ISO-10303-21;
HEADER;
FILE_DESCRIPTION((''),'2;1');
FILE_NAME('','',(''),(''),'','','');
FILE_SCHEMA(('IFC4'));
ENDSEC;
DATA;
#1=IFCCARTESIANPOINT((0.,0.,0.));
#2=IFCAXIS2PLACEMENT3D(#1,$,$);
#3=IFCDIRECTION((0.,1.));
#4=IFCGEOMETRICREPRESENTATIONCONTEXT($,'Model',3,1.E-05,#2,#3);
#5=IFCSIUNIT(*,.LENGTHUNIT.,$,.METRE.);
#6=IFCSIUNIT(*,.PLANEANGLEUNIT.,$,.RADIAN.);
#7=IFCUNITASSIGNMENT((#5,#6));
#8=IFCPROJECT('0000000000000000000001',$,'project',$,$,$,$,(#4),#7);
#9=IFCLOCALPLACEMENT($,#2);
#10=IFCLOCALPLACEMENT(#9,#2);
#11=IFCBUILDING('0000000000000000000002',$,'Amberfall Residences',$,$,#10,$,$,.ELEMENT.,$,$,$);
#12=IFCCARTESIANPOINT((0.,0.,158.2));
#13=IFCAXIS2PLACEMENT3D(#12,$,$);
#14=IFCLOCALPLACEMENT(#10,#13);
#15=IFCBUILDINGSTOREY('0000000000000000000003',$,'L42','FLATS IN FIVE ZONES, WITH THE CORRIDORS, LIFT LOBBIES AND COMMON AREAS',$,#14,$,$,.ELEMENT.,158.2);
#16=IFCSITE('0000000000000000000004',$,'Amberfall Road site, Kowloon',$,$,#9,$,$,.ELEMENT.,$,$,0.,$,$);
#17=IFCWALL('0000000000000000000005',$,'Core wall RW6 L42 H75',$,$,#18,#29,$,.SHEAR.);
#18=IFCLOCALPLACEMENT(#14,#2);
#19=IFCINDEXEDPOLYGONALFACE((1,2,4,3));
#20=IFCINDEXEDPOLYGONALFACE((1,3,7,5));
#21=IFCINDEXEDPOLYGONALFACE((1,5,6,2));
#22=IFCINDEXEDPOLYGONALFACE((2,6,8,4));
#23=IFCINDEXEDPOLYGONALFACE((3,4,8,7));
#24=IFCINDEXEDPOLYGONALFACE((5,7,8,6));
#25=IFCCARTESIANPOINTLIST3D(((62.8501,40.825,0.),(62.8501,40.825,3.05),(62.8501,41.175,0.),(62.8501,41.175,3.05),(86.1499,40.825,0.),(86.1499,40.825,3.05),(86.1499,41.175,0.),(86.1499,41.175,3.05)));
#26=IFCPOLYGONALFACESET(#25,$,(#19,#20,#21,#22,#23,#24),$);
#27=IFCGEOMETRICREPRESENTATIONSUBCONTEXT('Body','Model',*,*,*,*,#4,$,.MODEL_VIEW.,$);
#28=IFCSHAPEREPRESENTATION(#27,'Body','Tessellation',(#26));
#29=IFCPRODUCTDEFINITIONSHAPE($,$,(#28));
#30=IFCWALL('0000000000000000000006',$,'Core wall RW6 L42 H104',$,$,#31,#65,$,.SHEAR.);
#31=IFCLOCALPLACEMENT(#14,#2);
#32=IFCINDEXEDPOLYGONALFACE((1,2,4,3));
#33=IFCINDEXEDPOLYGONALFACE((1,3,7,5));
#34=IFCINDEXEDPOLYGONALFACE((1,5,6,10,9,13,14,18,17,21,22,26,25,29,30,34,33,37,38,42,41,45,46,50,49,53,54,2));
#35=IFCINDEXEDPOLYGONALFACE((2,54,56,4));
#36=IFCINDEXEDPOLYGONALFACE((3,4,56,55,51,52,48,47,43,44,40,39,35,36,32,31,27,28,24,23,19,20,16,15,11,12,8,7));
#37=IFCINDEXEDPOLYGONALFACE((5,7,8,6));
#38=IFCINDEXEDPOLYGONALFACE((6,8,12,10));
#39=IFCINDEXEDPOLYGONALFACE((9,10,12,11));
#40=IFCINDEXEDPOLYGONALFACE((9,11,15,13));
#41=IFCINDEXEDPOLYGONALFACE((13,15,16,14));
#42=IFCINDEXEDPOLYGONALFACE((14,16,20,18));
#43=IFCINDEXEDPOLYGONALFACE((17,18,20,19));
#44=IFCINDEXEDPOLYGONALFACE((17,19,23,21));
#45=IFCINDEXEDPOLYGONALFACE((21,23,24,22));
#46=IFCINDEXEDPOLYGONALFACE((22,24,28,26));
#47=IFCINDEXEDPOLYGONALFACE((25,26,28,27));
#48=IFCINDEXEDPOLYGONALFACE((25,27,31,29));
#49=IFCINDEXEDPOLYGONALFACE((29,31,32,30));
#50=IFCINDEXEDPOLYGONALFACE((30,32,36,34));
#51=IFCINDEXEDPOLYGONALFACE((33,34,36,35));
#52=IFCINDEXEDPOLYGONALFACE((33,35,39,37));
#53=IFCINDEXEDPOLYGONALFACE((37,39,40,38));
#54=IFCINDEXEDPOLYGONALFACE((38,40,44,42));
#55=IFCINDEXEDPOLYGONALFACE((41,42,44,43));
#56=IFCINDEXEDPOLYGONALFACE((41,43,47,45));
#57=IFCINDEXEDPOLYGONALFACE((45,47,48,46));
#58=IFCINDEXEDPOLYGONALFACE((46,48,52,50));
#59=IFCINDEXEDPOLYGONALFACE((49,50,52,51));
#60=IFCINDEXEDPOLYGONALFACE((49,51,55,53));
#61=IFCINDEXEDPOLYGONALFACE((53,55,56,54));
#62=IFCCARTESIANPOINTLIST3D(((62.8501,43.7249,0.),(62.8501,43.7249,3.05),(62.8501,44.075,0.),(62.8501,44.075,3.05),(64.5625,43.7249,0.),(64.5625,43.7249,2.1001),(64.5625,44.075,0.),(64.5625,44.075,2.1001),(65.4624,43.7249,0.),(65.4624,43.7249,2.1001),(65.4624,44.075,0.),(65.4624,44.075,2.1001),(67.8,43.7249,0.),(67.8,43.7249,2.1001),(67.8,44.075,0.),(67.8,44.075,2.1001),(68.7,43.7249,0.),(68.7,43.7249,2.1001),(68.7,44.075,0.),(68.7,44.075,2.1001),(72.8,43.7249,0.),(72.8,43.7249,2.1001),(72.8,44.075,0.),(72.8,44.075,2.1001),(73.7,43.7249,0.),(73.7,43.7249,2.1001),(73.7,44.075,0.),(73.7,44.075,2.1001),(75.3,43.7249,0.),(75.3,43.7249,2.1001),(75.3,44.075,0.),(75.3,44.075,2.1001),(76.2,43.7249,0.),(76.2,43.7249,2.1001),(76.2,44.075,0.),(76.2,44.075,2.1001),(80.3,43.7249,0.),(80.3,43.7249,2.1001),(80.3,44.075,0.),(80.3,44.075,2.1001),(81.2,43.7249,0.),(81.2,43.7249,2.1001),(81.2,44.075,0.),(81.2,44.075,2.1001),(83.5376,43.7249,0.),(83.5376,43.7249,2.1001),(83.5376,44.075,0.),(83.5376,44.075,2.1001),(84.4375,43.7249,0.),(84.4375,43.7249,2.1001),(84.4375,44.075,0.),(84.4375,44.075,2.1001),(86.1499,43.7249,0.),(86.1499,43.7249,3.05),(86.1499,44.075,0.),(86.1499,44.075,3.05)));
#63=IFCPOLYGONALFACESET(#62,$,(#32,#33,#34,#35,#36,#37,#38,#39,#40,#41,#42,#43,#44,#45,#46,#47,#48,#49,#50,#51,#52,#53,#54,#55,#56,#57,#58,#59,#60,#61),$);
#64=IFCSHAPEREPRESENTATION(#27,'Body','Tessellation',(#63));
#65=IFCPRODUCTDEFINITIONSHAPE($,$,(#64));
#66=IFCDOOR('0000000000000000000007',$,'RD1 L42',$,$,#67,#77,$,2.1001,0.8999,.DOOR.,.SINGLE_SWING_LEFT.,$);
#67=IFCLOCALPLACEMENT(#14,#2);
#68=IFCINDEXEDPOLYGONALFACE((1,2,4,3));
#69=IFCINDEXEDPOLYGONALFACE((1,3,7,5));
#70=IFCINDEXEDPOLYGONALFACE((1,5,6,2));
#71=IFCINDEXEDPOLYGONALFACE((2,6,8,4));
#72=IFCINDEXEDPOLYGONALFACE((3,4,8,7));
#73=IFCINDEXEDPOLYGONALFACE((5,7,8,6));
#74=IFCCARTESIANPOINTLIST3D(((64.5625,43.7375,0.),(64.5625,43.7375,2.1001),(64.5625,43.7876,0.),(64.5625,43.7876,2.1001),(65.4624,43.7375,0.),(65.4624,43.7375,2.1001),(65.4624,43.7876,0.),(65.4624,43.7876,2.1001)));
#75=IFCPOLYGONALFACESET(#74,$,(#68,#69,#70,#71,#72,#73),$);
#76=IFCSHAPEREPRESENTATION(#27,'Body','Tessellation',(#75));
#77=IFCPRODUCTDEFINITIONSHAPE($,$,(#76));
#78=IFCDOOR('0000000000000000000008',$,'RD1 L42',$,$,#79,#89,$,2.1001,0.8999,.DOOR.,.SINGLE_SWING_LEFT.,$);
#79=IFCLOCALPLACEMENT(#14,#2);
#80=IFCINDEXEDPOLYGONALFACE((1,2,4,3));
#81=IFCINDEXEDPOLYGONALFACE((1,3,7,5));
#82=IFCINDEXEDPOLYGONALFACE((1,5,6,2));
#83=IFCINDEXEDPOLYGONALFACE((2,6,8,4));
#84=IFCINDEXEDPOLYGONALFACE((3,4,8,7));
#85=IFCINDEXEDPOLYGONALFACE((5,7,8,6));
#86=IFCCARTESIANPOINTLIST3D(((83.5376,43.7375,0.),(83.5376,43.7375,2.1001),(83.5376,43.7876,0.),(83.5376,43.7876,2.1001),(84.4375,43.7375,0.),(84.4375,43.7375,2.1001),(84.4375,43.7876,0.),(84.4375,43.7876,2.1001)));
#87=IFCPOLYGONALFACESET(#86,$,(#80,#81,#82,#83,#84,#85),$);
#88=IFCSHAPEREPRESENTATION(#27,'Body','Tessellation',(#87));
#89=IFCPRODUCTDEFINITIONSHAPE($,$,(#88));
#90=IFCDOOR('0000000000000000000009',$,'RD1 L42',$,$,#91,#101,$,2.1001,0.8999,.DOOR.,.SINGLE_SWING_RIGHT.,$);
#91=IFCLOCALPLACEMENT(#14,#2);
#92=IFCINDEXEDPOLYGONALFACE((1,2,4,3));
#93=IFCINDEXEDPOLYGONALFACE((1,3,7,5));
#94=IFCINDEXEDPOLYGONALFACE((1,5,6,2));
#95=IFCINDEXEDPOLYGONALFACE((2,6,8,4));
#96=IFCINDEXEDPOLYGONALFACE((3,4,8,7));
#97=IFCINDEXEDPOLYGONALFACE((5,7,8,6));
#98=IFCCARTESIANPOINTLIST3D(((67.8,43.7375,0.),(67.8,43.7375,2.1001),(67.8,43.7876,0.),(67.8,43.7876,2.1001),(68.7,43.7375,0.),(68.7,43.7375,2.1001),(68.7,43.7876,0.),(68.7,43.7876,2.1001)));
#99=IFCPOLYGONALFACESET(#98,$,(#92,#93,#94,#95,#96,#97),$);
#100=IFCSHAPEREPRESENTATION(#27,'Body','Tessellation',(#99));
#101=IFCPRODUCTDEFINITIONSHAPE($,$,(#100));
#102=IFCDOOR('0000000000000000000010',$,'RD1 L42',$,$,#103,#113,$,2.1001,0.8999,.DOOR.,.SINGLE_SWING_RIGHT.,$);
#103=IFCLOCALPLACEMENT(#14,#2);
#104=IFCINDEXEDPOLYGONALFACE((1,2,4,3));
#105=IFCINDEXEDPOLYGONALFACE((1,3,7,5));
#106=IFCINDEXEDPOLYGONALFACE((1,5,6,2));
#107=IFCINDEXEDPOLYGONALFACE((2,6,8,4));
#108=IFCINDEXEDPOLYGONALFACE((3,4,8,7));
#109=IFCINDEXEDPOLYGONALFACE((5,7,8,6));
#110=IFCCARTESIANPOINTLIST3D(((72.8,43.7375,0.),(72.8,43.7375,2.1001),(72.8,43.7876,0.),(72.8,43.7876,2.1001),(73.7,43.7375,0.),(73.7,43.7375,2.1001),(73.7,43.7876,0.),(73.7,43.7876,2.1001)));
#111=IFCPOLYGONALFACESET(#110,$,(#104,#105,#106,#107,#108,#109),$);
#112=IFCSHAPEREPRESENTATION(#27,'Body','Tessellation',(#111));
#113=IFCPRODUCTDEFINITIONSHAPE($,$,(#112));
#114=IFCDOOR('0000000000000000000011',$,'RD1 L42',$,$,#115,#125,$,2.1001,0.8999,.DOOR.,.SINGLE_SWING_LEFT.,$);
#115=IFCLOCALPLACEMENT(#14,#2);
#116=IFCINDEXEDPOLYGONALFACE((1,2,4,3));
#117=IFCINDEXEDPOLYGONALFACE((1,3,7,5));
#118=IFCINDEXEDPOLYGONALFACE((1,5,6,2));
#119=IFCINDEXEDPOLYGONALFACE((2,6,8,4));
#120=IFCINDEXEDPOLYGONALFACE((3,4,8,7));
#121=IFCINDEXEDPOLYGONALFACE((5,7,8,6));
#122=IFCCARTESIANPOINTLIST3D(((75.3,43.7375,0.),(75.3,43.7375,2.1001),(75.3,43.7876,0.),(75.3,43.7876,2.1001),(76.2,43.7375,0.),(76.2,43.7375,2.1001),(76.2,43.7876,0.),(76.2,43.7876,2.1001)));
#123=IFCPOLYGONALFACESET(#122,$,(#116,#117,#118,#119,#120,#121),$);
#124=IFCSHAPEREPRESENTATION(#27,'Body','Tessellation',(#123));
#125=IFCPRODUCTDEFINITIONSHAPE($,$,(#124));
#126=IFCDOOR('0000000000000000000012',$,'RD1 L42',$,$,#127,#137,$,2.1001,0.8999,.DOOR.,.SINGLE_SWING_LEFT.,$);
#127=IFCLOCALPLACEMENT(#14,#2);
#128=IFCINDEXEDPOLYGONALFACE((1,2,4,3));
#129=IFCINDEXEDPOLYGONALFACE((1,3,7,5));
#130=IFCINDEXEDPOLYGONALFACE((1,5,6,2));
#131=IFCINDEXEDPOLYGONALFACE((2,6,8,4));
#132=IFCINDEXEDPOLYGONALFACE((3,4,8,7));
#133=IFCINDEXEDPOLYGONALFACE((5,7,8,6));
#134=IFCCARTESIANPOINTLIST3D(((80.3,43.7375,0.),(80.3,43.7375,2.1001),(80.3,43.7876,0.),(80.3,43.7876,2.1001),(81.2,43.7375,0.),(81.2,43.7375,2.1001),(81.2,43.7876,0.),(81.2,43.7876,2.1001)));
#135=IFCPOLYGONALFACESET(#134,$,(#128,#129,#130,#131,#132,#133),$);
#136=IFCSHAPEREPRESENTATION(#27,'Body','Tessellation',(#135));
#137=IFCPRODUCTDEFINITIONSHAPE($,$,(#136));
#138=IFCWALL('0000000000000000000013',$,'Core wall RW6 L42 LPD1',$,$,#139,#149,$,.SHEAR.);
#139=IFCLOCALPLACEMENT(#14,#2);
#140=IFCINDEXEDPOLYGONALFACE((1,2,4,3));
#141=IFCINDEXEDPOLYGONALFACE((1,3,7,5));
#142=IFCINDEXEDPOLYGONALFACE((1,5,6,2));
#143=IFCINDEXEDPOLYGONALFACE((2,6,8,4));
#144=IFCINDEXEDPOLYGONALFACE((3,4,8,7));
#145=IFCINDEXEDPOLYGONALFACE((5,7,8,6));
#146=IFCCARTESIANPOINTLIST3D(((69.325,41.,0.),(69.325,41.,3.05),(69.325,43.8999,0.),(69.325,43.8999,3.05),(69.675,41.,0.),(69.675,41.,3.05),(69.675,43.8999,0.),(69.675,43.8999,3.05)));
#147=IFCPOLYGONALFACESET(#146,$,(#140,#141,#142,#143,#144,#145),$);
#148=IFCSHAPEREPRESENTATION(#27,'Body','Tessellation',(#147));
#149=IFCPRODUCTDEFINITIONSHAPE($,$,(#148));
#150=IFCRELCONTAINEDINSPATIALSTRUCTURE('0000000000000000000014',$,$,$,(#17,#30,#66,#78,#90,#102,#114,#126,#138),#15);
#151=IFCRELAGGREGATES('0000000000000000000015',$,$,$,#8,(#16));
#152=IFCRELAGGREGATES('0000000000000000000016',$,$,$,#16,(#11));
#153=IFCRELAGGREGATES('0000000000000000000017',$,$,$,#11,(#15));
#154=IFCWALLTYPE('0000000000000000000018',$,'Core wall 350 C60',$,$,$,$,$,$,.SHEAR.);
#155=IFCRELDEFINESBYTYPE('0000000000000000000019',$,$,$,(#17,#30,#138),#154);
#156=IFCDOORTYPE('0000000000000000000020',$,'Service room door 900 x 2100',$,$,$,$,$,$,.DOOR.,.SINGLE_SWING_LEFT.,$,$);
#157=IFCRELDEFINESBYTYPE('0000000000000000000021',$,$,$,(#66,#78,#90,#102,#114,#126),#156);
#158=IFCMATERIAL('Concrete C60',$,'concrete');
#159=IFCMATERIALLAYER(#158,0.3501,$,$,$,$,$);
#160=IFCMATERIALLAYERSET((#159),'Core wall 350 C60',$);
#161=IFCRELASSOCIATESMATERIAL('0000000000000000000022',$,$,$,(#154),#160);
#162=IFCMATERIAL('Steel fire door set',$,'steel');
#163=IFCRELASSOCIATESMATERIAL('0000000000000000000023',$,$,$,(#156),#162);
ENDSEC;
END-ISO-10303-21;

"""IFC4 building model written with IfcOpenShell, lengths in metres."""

from ifc_helpers import new_model, si_unit, direction, frame, frame_2d, origin, place, context, subcontext, project, spatial, rectangle, extrude, material, layer, layer_set, type_object, element, fill, save


model = new_model("IFC4")

# Units and contexts
model_context = context("Model", 3, precision=1e-05, world=origin(), true_north=direction((0.0, 1.0)))
body_context = subcontext(model_context, "Body", "Model", "MODEL_VIEW")
ifc_project = project(units=[si_unit("LENGTHUNIT", "METRE"), si_unit("PLANEANGLEUNIT", "RADIAN")], contexts=[model_context])

# Site, building, storey
site_placement = place(None, origin())
site = spatial("IfcSite", under=ifc_project, at=site_placement, Name="Amberfall Road site, Kowloon", CompositionType="ELEMENT", RefElevation=0.0)
building_placement = place(site_placement, origin())
building = spatial("IfcBuilding", under=site, at=building_placement, Name="Amberfall Residences", CompositionType="ELEMENT")
storey_placement = place(building_placement, frame((0.0, 0.0, 158.2)))
storey = spatial("IfcBuildingStorey", under=building, at=storey_placement, Name="L42", Description="FLATS IN FIVE ZONES, WITH THE CORRIDORS, LIFT LOBBIES AND COMMON AREAS", CompositionType="ELEMENT", Elevation=158.2)

# Wall
ifc_material_1 = material(Name="Concrete C60", Category="concrete")
ifc_layer_1 = layer(ifc_material_1, 0.3501)
ifc_layer_set_1 = layer_set([ifc_layer_1], Name="Core wall 350 C60")
wall_type_1 = type_object("IfcWallType", Name="Core wall 350 C60", PredefinedType="SHEAR", material=ifc_layer_set_1)
wall_1_placement = place(storey_placement, frame((62.8501, 41.0, 0.0), z_axis=(0.0, 0.0, 1.0), x_axis=(1.0, 0.0, 0.0)))
element("IfcWall", 1, at=wall_1_placement, inside=storey, type_object=wall_type_1, Name="Core wall RW6 L42 H75", PredefinedType="SHEAR", context=body_context, shape_type="SweptSolid", body=[
    extrude(rectangle(XDim=23.2998, YDim=0.3501, at=frame_2d((11.6499, 0.0))), origin(), (0.0, 0.0, 1.0), 3.05),
])

# Wall, openings, doors
wall_2_placement = place(storey_placement, frame((62.8501, 43.8999, 0.0), z_axis=(0.0, 0.0, 1.0), x_axis=(1.0, 0.0, 0.0)))
wall_2 = element("IfcWall", 2, at=wall_2_placement, inside=storey, type_object=wall_type_1, Name="Core wall RW6 L42 H104", PredefinedType="SHEAR", context=body_context, shape_type="SweptSolid", body=[
    extrude(rectangle(XDim=23.2998, YDim=0.3501, at=frame_2d((11.6499, 0.0))), origin(), (0.0, 0.0, 1.0), 3.05),
])
opening_1_placement = place(wall_2_placement, frame((1.7124, 0.0, 0.0)))
opening_1 = element("IfcOpeningElement", 3, at=opening_1_placement, cuts=wall_2, PredefinedType="OPENING", context=body_context, shape_type="SweptSolid", body=[
    extrude(rectangle(XDim=0.8999, YDim=2.1001, at=frame_2d((0.45, 1.05))), frame((0.0, 0.1851, 0.0), z_axis=(0.0, -1.0, 0.0), x_axis=(1.0, 0.0, 0.0)), (0.0, 0.0, 1.0), 0.3701),
])
opening_2_placement = place(wall_2_placement, frame((20.6875, 0.0, 0.0)))
opening_2 = element("IfcOpeningElement", 4, at=opening_2_placement, cuts=wall_2, PredefinedType="OPENING", context=body_context, shape_type="SweptSolid", body=[
    extrude(rectangle(XDim=0.8999, YDim=2.1001, at=frame_2d((0.45, 1.05))), frame((0.0, 0.1851, 0.0), z_axis=(0.0, -1.0, 0.0), x_axis=(1.0, 0.0, 0.0)), (0.0, 0.0, 1.0), 0.3701),
])
opening_3_placement = place(wall_2_placement, frame((4.95, 0.0, 0.0)))
opening_3 = element("IfcOpeningElement", 5, at=opening_3_placement, cuts=wall_2, PredefinedType="OPENING", context=body_context, shape_type="SweptSolid", body=[
    extrude(rectangle(XDim=0.8999, YDim=2.1001, at=frame_2d((0.45, 1.05))), frame((0.0, 0.1851, 0.0), z_axis=(0.0, -1.0, 0.0), x_axis=(1.0, 0.0, 0.0)), (0.0, 0.0, 1.0), 0.3701),
])
opening_4_placement = place(wall_2_placement, frame((9.95, 0.0, 0.0)))
opening_4 = element("IfcOpeningElement", 6, at=opening_4_placement, cuts=wall_2, PredefinedType="OPENING", context=body_context, shape_type="SweptSolid", body=[
    extrude(rectangle(XDim=0.8999, YDim=2.1001, at=frame_2d((0.45, 1.05))), frame((0.0, 0.1851, 0.0), z_axis=(0.0, -1.0, 0.0), x_axis=(1.0, 0.0, 0.0)), (0.0, 0.0, 1.0), 0.3701),
])
opening_5_placement = place(wall_2_placement, frame((12.45, 0.0, 0.0)))
opening_5 = element("IfcOpeningElement", 7, at=opening_5_placement, cuts=wall_2, PredefinedType="OPENING", context=body_context, shape_type="SweptSolid", body=[
    extrude(rectangle(XDim=0.8999, YDim=2.1001, at=frame_2d((0.45, 1.05))), frame((0.0, 0.1851, 0.0), z_axis=(0.0, -1.0, 0.0), x_axis=(1.0, 0.0, 0.0)), (0.0, 0.0, 1.0), 0.3701),
])
opening_6_placement = place(wall_2_placement, frame((17.45, 0.0, 0.0)))
opening_6 = element("IfcOpeningElement", 8, at=opening_6_placement, cuts=wall_2, PredefinedType="OPENING", context=body_context, shape_type="SweptSolid", body=[
    extrude(rectangle(XDim=0.8999, YDim=2.1001, at=frame_2d((0.45, 1.05))), frame((0.0, 0.1851, 0.0), z_axis=(0.0, -1.0, 0.0), x_axis=(1.0, 0.0, 0.0)), (0.0, 0.0, 1.0), 0.3701),
])
ifc_material_2 = material(Name="Steel fire door set", Category="steel")
door_type_1 = type_object("IfcDoorType", Name="Service room door 900 x 2100", OperationType="SINGLE_SWING_LEFT", PredefinedType="DOOR", material=ifc_material_2)
door_1_placement = place(opening_1_placement, origin())
door_1 = element("IfcDoor", 9, at=door_1_placement, inside=storey, type_object=door_type_1, Name="RD1 L42", OperationType="SINGLE_SWING_LEFT", OverallHeight=2.1001, OverallWidth=0.8999, PredefinedType="DOOR", context=body_context, shape_type="SweptSolid", body=[
    extrude(rectangle(XDim=0.8999, YDim=2.1001, at=frame_2d((0.45, 1.05))), frame((0.0, -0.1123, 0.0), z_axis=(0.0, -1.0, 0.0), x_axis=(1.0, 0.0, 0.0)), (0.0, 0.0, 1.0), 0.05),
])
fill(opening_1, door_1)
door_2_placement = place(opening_2_placement, origin())
door_2 = element("IfcDoor", 10, at=door_2_placement, inside=storey, type_object=door_type_1, Name="RD1 L42", OperationType="SINGLE_SWING_LEFT", OverallHeight=2.1001, OverallWidth=0.8999, PredefinedType="DOOR", context=body_context, shape_type="SweptSolid", body=[
    extrude(rectangle(XDim=0.8999, YDim=2.1001, at=frame_2d((0.45, 1.05))), frame((0.0, -0.1123, 0.0), z_axis=(0.0, -1.0, 0.0), x_axis=(1.0, 0.0, 0.0)), (0.0, 0.0, 1.0), 0.05),
])
fill(opening_2, door_2)
door_3_placement = place(opening_3_placement, origin())
door_3 = element("IfcDoor", 11, at=door_3_placement, inside=storey, type_object=door_type_1, Name="RD1 L42", OperationType="SINGLE_SWING_RIGHT", OverallHeight=2.1001, OverallWidth=0.8999, PredefinedType="DOOR", context=body_context, shape_type="SweptSolid", body=[
    extrude(rectangle(XDim=0.8999, YDim=2.1001, at=frame_2d((0.45, 1.05))), frame((0.0, -0.1123, 0.0), z_axis=(0.0, -1.0, 0.0), x_axis=(1.0, 0.0, 0.0)), (0.0, 0.0, 1.0), 0.05),
])
fill(opening_3, door_3)
door_4_placement = place(opening_4_placement, origin())
door_4 = element("IfcDoor", 12, at=door_4_placement, inside=storey, type_object=door_type_1, Name="RD1 L42", OperationType="SINGLE_SWING_RIGHT", OverallHeight=2.1001, OverallWidth=0.8999, PredefinedType="DOOR", context=body_context, shape_type="SweptSolid", body=[
    extrude(rectangle(XDim=0.8999, YDim=2.1001, at=frame_2d((0.45, 1.05))), frame((0.0, -0.1123, 0.0), z_axis=(0.0, -1.0, 0.0), x_axis=(1.0, 0.0, 0.0)), (0.0, 0.0, 1.0), 0.05),
])
fill(opening_4, door_4)
door_5_placement = place(opening_5_placement, origin())
door_5 = element("IfcDoor", 13, at=door_5_placement, inside=storey, type_object=door_type_1, Name="RD1 L42", OperationType="SINGLE_SWING_LEFT", OverallHeight=2.1001, OverallWidth=0.8999, PredefinedType="DOOR", context=body_context, shape_type="SweptSolid", body=[
    extrude(rectangle(XDim=0.8999, YDim=2.1001, at=frame_2d((0.45, 1.05))), frame((0.0, -0.1123, 0.0), z_axis=(0.0, -1.0, 0.0), x_axis=(1.0, 0.0, 0.0)), (0.0, 0.0, 1.0), 0.05),
])
fill(opening_5, door_5)
door_6_placement = place(opening_6_placement, origin())
door_6 = element("IfcDoor", 14, at=door_6_placement, inside=storey, type_object=door_type_1, Name="RD1 L42", OperationType="SINGLE_SWING_LEFT", OverallHeight=2.1001, OverallWidth=0.8999, PredefinedType="DOOR", context=body_context, shape_type="SweptSolid", body=[
    extrude(rectangle(XDim=0.8999, YDim=2.1001, at=frame_2d((0.45, 1.05))), frame((0.0, -0.1123, 0.0), z_axis=(0.0, -1.0, 0.0), x_axis=(1.0, 0.0, 0.0)), (0.0, 0.0, 1.0), 0.05),
])
fill(opening_6, door_6)

# Wall
wall_3_placement = place(storey_placement, frame((69.5, 41.0, 0.0), z_axis=(0.0, 0.0, 1.0), x_axis=(0.0, 1.0, 0.0)))
element("IfcWall", 15, at=wall_3_placement, inside=storey, type_object=wall_type_1, Name="Core wall RW6 L42 LPD1", PredefinedType="SHEAR", context=body_context, shape_type="SweptSolid", body=[
    extrude(rectangle(XDim=2.8999, YDim=0.3501, at=frame_2d((1.45, 0.0))), origin(), (0.0, 0.0, 1.0), 3.05),
])

save(model, "model.ifc")
